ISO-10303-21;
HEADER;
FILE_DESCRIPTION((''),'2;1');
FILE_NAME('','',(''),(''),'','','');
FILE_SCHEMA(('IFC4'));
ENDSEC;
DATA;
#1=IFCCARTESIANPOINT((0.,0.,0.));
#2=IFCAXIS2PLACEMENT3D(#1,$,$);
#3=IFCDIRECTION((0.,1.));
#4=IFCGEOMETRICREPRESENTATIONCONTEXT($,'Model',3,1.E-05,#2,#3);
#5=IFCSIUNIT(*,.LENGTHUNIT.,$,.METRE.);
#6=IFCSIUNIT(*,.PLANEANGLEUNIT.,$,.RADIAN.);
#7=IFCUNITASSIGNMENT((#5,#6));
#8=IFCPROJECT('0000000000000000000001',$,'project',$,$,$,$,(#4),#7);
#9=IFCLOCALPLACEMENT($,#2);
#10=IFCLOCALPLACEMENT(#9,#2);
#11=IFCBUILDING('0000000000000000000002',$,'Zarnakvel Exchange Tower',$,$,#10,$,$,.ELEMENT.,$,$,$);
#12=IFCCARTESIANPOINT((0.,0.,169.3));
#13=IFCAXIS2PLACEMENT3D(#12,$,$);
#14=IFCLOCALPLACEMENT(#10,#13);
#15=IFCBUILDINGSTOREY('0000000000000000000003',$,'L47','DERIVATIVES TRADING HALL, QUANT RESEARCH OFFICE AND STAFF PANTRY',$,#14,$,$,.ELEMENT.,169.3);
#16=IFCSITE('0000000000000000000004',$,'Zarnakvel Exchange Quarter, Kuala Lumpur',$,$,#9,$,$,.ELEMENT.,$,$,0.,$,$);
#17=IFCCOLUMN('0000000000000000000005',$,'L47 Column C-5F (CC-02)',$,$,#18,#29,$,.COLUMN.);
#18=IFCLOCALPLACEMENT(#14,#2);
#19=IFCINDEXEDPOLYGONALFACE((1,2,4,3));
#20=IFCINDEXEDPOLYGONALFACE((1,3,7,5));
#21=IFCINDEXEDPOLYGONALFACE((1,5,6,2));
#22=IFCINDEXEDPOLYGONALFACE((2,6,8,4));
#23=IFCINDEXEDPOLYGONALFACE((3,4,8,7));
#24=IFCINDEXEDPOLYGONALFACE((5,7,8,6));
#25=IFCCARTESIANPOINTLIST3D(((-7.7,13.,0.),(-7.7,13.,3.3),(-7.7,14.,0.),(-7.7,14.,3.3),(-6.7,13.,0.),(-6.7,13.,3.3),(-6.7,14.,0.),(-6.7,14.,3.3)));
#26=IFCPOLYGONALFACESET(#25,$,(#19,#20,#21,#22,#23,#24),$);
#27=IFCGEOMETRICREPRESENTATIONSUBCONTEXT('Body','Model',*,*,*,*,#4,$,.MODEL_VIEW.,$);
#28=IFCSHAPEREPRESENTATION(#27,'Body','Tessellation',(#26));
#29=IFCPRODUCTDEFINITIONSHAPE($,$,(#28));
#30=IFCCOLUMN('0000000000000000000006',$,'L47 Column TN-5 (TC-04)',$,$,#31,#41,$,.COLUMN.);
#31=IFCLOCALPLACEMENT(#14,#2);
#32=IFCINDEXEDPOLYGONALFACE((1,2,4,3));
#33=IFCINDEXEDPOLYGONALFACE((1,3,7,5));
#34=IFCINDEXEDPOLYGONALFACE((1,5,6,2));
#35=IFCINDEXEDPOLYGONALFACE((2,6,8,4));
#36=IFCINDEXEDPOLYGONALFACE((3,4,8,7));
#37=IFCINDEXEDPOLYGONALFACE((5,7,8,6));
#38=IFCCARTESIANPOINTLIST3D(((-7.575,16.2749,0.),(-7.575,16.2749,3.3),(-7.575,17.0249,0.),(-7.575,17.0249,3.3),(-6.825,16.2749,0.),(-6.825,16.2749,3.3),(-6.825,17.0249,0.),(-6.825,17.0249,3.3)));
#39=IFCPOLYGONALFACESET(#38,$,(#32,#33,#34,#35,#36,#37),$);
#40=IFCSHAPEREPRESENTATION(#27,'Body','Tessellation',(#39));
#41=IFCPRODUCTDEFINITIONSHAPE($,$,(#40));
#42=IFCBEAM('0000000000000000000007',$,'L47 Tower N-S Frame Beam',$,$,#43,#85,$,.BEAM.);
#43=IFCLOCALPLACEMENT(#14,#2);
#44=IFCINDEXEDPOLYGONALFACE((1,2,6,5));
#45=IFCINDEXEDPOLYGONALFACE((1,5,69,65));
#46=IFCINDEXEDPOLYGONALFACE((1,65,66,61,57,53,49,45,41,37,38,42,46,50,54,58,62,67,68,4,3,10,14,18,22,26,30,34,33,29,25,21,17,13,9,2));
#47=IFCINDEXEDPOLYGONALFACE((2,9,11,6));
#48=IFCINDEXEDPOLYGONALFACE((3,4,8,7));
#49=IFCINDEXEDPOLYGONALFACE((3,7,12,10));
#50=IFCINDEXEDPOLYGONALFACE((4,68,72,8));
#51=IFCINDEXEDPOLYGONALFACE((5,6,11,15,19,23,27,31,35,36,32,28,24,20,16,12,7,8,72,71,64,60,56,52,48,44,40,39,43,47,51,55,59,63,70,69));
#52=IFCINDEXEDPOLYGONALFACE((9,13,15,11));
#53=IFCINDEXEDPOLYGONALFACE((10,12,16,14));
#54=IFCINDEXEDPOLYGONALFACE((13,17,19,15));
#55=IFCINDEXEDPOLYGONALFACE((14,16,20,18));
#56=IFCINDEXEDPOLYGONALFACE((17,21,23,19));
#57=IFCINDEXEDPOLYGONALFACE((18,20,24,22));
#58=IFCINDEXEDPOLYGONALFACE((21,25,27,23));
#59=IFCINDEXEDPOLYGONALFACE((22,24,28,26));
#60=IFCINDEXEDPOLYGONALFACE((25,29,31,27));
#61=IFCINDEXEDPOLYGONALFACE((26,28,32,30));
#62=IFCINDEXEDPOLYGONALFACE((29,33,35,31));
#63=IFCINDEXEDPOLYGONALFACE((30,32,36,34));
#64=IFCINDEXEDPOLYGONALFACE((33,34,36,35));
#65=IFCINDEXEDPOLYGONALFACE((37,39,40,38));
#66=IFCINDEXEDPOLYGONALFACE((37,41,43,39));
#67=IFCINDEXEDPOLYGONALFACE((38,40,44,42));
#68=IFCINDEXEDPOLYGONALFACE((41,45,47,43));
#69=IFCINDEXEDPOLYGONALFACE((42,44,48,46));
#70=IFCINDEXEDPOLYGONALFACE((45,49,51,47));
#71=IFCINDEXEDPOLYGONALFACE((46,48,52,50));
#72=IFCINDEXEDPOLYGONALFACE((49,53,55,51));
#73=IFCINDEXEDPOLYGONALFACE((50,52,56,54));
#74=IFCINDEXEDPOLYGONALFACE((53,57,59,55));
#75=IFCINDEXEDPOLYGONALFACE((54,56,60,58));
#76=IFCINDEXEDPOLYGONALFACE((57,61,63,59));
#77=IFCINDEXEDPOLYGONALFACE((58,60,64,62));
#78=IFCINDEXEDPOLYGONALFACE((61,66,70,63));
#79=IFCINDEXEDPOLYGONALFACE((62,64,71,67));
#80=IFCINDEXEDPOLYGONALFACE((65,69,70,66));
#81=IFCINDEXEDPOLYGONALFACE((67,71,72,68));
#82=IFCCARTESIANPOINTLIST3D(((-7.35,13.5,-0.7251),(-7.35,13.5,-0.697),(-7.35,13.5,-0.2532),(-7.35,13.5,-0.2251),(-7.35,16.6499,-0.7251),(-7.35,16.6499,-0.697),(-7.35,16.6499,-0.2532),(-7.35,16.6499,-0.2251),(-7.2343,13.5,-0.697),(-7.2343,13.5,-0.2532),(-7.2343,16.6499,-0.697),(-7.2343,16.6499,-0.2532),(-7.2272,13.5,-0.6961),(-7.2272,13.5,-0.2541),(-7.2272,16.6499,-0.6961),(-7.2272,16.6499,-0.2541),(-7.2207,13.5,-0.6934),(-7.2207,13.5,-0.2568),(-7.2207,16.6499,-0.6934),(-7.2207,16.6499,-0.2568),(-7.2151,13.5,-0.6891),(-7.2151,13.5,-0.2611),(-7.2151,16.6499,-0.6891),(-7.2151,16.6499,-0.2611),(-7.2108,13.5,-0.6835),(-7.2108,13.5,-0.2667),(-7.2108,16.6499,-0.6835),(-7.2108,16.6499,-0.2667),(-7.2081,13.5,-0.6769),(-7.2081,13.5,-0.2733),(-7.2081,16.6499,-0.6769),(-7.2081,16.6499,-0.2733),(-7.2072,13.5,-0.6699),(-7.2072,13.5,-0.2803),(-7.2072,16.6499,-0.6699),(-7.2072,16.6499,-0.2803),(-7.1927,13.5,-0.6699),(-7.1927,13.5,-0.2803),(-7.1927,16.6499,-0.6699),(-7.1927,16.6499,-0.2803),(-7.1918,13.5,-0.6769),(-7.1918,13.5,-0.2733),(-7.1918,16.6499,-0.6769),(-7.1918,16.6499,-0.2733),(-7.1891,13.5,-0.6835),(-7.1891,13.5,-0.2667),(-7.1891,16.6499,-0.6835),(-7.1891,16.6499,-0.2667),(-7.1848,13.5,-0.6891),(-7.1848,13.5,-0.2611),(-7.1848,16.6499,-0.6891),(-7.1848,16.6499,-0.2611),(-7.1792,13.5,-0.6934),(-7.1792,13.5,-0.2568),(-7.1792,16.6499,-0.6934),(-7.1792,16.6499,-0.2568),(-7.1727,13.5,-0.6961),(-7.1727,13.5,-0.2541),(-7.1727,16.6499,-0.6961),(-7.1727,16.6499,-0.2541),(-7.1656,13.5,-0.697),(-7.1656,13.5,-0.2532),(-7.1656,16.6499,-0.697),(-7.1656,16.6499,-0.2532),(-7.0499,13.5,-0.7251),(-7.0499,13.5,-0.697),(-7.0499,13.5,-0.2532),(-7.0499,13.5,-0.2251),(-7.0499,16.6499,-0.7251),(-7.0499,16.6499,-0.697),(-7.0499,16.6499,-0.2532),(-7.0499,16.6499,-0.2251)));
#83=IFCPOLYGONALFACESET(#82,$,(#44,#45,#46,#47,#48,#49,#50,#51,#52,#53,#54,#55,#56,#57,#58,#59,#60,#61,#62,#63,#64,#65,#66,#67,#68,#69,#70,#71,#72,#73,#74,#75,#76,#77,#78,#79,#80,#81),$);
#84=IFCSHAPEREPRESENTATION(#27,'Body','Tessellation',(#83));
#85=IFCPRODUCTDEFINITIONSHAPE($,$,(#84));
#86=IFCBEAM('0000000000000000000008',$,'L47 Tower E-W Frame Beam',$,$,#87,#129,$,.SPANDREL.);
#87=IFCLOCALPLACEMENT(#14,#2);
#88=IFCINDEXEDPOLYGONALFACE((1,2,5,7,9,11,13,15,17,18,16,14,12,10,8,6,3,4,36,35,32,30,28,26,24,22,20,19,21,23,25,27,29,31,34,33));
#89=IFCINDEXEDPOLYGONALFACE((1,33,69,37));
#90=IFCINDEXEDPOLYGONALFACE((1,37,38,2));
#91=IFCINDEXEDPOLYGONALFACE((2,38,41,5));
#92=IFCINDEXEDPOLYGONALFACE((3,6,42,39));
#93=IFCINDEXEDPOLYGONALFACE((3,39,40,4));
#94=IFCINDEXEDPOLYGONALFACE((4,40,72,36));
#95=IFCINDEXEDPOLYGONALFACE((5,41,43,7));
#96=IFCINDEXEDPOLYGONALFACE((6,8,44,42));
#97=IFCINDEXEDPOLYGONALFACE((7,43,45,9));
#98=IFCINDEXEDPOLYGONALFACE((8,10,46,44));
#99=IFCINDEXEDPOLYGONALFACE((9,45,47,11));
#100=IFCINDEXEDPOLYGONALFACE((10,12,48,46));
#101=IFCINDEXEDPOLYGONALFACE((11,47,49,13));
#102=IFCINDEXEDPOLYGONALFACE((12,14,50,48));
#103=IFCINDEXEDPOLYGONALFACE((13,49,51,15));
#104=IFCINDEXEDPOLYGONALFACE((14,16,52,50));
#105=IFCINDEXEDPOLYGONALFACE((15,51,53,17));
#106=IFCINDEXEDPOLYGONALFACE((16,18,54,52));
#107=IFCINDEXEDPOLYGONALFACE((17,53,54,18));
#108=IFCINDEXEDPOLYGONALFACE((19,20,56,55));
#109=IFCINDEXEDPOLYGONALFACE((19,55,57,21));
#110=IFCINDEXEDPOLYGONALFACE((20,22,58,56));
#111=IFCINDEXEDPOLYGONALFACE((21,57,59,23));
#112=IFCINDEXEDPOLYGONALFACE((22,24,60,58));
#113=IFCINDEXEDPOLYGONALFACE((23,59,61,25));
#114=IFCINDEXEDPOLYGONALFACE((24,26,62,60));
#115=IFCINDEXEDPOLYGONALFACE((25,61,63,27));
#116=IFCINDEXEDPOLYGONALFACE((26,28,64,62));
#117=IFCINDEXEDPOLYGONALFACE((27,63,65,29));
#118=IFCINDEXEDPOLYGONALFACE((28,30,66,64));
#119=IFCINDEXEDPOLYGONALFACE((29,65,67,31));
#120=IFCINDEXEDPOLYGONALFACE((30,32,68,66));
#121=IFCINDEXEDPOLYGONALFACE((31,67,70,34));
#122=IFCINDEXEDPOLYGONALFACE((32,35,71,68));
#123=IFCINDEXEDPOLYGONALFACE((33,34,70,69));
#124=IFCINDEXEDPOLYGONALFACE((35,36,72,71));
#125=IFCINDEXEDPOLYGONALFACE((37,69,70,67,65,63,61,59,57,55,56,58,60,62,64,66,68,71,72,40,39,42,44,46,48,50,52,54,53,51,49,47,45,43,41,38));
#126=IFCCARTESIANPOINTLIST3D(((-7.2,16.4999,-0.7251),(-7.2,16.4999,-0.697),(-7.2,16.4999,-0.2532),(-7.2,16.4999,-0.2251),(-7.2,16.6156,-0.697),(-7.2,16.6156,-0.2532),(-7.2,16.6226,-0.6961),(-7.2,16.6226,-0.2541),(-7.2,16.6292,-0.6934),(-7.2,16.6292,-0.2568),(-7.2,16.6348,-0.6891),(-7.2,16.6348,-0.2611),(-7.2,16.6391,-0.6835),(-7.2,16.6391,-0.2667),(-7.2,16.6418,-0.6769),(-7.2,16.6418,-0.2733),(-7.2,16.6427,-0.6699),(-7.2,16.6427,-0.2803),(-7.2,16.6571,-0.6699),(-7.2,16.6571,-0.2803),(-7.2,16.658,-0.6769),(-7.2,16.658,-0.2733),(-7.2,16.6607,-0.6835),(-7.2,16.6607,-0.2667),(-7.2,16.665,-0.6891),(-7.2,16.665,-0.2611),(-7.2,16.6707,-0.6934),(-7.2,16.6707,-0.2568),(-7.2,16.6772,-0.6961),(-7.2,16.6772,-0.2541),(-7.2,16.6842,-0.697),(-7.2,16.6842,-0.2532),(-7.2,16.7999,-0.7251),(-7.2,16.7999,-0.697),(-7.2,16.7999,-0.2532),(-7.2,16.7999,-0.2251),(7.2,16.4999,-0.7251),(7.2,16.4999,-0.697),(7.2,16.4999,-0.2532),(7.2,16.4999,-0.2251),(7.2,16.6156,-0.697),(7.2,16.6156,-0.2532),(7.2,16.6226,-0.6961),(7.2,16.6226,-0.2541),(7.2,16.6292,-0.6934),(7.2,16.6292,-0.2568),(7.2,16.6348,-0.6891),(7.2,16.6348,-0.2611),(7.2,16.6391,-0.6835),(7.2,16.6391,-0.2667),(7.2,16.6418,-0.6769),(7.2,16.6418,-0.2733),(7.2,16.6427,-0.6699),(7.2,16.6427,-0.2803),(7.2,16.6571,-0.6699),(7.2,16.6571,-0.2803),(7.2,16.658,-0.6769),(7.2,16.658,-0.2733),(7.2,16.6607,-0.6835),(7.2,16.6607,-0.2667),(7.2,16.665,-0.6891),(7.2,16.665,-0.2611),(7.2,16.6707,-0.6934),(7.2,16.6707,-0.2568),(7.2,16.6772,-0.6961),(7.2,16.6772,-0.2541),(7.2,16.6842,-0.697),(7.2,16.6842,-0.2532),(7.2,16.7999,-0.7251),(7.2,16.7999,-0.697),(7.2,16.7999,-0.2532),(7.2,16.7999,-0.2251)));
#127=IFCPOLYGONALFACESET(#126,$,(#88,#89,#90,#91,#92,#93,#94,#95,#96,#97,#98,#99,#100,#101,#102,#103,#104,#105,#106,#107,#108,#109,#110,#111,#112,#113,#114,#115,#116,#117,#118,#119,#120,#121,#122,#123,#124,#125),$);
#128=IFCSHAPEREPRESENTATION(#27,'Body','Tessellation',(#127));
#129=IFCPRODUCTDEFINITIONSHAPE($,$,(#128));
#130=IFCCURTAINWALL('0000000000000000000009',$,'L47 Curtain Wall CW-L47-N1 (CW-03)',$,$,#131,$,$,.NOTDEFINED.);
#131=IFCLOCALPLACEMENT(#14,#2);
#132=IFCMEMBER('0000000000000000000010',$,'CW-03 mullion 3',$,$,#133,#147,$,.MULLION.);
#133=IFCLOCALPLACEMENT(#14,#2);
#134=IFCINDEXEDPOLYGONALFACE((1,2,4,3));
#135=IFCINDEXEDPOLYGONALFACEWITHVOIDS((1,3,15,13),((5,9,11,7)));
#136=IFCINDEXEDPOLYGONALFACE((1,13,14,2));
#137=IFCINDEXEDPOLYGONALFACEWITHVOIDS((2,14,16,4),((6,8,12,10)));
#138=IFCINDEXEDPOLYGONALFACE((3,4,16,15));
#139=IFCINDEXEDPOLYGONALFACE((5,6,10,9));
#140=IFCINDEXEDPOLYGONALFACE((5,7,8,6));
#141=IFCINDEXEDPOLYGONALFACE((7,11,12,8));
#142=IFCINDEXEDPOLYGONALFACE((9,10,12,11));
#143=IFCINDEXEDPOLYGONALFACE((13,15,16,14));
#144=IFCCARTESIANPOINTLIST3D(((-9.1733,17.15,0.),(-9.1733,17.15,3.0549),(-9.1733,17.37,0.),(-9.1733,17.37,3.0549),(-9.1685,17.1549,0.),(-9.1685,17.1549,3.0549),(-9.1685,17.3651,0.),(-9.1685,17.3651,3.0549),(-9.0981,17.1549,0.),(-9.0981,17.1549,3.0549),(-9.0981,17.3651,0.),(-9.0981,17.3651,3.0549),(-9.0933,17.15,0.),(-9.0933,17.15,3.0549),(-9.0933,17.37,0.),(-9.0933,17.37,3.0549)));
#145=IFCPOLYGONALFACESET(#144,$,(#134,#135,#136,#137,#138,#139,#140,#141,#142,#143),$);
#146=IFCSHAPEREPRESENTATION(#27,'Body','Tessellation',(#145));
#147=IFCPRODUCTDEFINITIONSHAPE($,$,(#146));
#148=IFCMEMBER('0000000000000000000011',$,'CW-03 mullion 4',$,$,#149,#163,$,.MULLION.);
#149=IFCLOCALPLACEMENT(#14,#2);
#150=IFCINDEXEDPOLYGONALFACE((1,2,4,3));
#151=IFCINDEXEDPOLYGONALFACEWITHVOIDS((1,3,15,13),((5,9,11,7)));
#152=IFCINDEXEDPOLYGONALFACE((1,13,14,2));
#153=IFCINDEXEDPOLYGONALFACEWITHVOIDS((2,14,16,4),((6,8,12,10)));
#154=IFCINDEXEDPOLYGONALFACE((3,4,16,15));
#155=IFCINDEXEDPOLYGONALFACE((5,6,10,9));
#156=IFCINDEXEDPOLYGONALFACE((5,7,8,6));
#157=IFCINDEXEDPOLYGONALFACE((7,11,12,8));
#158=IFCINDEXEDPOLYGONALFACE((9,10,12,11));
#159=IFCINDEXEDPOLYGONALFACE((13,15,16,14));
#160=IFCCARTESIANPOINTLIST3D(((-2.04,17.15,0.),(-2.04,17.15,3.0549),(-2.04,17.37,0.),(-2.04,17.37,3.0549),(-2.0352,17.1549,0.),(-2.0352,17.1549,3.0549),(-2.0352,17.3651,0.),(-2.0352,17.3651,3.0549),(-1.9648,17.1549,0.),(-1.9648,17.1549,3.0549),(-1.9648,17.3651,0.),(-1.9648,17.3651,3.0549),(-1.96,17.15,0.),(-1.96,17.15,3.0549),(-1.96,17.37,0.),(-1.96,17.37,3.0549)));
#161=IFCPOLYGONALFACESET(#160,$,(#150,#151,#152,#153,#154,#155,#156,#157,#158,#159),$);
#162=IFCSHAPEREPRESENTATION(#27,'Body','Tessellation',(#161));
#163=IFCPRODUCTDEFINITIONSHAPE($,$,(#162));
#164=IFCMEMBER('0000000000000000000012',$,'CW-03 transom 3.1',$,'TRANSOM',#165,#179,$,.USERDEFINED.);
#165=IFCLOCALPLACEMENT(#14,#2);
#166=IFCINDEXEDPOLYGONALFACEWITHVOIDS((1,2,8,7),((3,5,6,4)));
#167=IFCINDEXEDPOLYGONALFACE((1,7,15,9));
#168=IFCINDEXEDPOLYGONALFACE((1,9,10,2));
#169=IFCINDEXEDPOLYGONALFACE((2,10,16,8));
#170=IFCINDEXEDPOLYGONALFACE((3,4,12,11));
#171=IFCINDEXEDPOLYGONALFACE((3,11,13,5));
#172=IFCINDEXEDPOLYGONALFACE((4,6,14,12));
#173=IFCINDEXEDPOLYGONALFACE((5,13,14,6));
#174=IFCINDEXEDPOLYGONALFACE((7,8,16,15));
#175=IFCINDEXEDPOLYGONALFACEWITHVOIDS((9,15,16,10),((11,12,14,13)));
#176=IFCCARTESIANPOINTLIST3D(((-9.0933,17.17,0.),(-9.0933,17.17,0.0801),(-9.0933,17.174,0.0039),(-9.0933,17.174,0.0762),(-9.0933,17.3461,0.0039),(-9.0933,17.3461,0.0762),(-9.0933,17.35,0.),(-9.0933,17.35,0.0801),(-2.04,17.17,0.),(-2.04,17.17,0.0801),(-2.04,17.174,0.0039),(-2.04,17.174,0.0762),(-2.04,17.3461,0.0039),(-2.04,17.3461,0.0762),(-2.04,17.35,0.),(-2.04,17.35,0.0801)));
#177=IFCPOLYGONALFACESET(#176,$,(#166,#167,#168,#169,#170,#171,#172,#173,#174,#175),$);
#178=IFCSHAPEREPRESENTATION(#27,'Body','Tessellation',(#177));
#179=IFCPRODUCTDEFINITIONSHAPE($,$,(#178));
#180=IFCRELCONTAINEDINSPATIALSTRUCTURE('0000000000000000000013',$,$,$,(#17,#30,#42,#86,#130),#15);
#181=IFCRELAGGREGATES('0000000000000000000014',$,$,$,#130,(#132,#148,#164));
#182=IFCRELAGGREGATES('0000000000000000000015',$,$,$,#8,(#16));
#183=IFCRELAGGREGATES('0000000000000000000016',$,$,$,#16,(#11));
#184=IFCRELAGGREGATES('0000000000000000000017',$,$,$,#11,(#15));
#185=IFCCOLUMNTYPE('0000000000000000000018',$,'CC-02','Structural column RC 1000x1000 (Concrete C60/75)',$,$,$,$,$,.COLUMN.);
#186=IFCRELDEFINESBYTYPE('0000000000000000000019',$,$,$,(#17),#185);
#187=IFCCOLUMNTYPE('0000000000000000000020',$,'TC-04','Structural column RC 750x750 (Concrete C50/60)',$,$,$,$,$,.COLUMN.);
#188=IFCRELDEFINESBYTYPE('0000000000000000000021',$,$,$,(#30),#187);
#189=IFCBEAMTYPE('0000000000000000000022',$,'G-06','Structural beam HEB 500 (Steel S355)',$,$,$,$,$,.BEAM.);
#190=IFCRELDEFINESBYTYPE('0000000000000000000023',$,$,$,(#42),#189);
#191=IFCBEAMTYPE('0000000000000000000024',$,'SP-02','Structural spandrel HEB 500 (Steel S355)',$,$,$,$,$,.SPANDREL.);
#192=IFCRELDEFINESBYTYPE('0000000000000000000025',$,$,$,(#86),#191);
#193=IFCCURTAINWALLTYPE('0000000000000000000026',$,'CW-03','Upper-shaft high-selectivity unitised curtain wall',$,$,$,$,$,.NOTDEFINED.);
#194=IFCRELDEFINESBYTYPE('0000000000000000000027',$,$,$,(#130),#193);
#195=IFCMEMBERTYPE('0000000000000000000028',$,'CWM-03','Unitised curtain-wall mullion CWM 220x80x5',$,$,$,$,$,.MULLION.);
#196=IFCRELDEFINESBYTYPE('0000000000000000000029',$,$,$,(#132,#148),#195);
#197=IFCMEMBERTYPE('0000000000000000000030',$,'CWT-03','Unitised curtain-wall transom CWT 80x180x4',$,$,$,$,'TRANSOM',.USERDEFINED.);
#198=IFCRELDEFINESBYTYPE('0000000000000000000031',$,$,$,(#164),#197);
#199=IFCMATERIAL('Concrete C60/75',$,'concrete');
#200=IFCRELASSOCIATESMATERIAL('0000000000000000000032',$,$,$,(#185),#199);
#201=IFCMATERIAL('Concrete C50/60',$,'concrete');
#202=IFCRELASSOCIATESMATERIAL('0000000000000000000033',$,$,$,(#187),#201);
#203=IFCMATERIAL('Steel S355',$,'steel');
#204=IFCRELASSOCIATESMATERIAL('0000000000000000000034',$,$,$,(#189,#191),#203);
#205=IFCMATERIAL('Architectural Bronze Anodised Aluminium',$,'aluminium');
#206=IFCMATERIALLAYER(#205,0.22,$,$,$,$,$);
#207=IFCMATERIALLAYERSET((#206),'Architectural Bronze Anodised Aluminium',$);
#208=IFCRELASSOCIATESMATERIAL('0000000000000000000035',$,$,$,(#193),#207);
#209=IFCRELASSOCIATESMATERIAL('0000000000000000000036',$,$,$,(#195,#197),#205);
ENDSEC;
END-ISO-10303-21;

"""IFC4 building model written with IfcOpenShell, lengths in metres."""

from ifc_helpers import new_model, si_unit, direction, frame, origin, origin_2d, place, context, subcontext, project, spatial, rectangle, hollow_rectangle, i_section, extrude, source, transform, mapped, material, layer, layer_set, material_profile, profile_set, type_object, element, aggregate, save


model = new_model("IFC4")

# Units and contexts
model_context = context("Model", 3, precision=1e-05, world=origin(), true_north=direction((0.0, 1.0)))
body_context = subcontext(model_context, "Body", "Model", "MODEL_VIEW")
ifc_project = project(units=[si_unit("LENGTHUNIT", "METRE"), si_unit("PLANEANGLEUNIT", "RADIAN")], contexts=[model_context])

# Site, building, storey
site_placement = place(None, origin())
site = spatial("IfcSite", under=ifc_project, at=site_placement, Name="Zarnakvel Exchange Quarter, Kuala Lumpur", CompositionType="ELEMENT", RefElevation=0.0)
building_placement = place(site_placement, origin())
building = spatial("IfcBuilding", under=site, at=building_placement, Name="Zarnakvel Exchange Tower", CompositionType="ELEMENT")
storey_placement = place(building_placement, frame((0.0, 0.0, 169.3)))
storey = spatial("IfcBuildingStorey", under=building, at=storey_placement, Name="L47", Description="DERIVATIVES TRADING HALL, QUANT RESEARCH OFFICE AND STAFF PANTRY", CompositionType="ELEMENT", Elevation=169.3)

# Columns
ifc_material_1 = material(Name="Concrete C60/75", Category="concrete")
ifc_material_profile_1 = material_profile(ifc_material_1, rectangle(XDim=1.0, YDim=1.0, at=origin_2d()))
ifc_profile_set_1 = profile_set([ifc_material_profile_1], Name="Concrete C60/75")
column_type_1 = type_object("IfcColumnType", Name="CC-02", Description="Structural column RC 1000x1000 (Concrete C60/75)", PredefinedType="COLUMN", material=ifc_profile_set_1)
column_1_placement = place(storey_placement, frame((-7.2, 13.5, 0.0), z_axis=(0.0, 0.0, 1.0), x_axis=(1.0, 0.0, 0.0)))
element("IfcColumn", 1, at=column_1_placement, inside=storey, type_object=column_type_1, Name="L47 Column C-5F (CC-02)", PredefinedType="COLUMN", context=body_context, shape_type="SweptSolid", body=[
    extrude(rectangle(XDim=1.0, YDim=1.0, at=origin_2d()), origin(), (0.0, 0.0, 1.0), 3.3),
])
ifc_material_2 = material(Name="Concrete C50/60", Category="concrete")
ifc_material_profile_2 = material_profile(ifc_material_2, rectangle(XDim=0.75, YDim=0.75, at=origin_2d()))
ifc_profile_set_2 = profile_set([ifc_material_profile_2], Name="Concrete C50/60")
column_type_2 = type_object("IfcColumnType", Name="TC-04", Description="Structural column RC 750x750 (Concrete C50/60)", PredefinedType="COLUMN", material=ifc_profile_set_2)
column_2_placement = place(storey_placement, frame((-7.2, 16.6499, 0.0), z_axis=(0.0, 0.0, 1.0), x_axis=(1.0, 0.0, 0.0)))
element("IfcColumn", 2, at=column_2_placement, inside=storey, type_object=column_type_2, Name="L47 Column TN-5 (TC-04)", PredefinedType="COLUMN", context=body_context, shape_type="SweptSolid", body=[
    extrude(rectangle(XDim=0.75, YDim=0.75, at=origin_2d()), origin(), (0.0, 0.0, 1.0), 3.3),
])

# Beams
ifc_material_3 = material(Name="Steel S355", Category="steel")
ifc_material_profile_3 = material_profile(ifc_material_3, i_section(OverallWidth=0.3, OverallDepth=0.5, WebThickness=0.0144, FlangeThickness=0.0281, FilletRadius=0.0271, at=origin_2d()))
ifc_profile_set_3 = profile_set([ifc_material_profile_3], Name="Steel S355")
beam_type_1 = type_object("IfcBeamType", Name="G-06", Description="Structural beam HEB 500 (Steel S355)", PredefinedType="BEAM", material=ifc_profile_set_3)
beam_1_placement = place(storey_placement, frame((-7.2, 13.5, -0.4751), z_axis=(0.0, 1.0, 0.0), x_axis=(-1.0, 0.0, 0.0)))
element("IfcBeam", 3, at=beam_1_placement, inside=storey, type_object=beam_type_1, Name="L47 Tower N-S Frame Beam", PredefinedType="BEAM", context=body_context, shape_type="SweptSolid", body=[
    extrude(i_section(OverallWidth=0.3, OverallDepth=0.5, WebThickness=0.0144, FlangeThickness=0.0281, FilletRadius=0.0271, at=origin_2d()), origin(), (0.0, 0.0, 1.0), 3.1499),
])
ifc_material_profile_4 = material_profile(ifc_material_3, i_section(OverallWidth=0.3, OverallDepth=0.5, WebThickness=0.0144, FlangeThickness=0.0281, FilletRadius=0.0271, at=origin_2d()))
ifc_profile_set_4 = profile_set([ifc_material_profile_4], Name="Steel S355")
beam_type_2 = type_object("IfcBeamType", Name="SP-02", Description="Structural spandrel HEB 500 (Steel S355)", PredefinedType="SPANDREL", material=ifc_profile_set_4)
beam_2_placement = place(storey_placement, frame((-7.2, 16.6499, -0.4751), z_axis=(1.0, 0.0, 0.0), x_axis=(0.0, 1.0, 0.0)))
element("IfcBeam", 4, at=beam_2_placement, inside=storey, type_object=beam_type_2, Name="L47 Tower E-W Frame Beam", PredefinedType="SPANDREL", context=body_context, shape_type="SweptSolid", body=[
    extrude(i_section(OverallWidth=0.3, OverallDepth=0.5, WebThickness=0.0144, FlangeThickness=0.0281, FilletRadius=0.0271, at=origin_2d()), origin(), (0.0, 0.0, 1.0), 14.3999),
])

# Curtain wall, members
ifc_material_4 = material(Name="Architectural Bronze Anodised Aluminium", Category="aluminium")
ifc_layer_1 = layer(ifc_material_4, 0.22)
ifc_layer_set_1 = layer_set([ifc_layer_1], Name="Architectural Bronze Anodised Aluminium")
curtain_wall_type = type_object("IfcCurtainWallType", Name="CW-03", Description="Upper-shaft high-selectivity unitised curtain wall", PredefinedType="NOTDEFINED", material=ifc_layer_set_1)
curtain_wall_placement = place(storey_placement, origin())
curtain_wall = element("IfcCurtainWall", 5, at=curtain_wall_placement, inside=storey, type_object=curtain_wall_type, Name="L47 Curtain Wall CW-L47-N1 (CW-03)", PredefinedType="NOTDEFINED")
ifc_material_profile_5 = material_profile(ifc_material_4, hollow_rectangle(XDim=0.22, YDim=0.0801, WallThickness=0.0049, at=origin_2d()))
ifc_profile_set_5 = profile_set([ifc_material_profile_5], Name="Architectural Bronze Anodised Aluminium")
member_type_1 = type_object("IfcMemberType", Name="CWM-03", Description="Unitised curtain-wall mullion CWM 220x80x5", PredefinedType="MULLION", material=ifc_profile_set_5)
shared_shape_1 = source(origin(), body_context, "Body", "SweptSolid", [
    extrude(hollow_rectangle(XDim=0.22, YDim=0.0801, WallThickness=0.0049, at=origin_2d()), origin(), (0.0, 0.0, 1.0), 3.0549),
])
member_1_placement = place(storey_placement, frame((-9.1333, 17.26, 0.0), z_axis=(0.0, 0.0, 1.0), x_axis=(0.0, 1.0, 0.0)))
member_1 = element("IfcMember", 6, at=member_1_placement, type_object=member_type_1, Name="CW-03 mullion 3", PredefinedType="MULLION", context=body_context, shape_type="MappedRepresentation", body=[
    mapped(shared_shape_1, transform((0.0, 0.0, 0.0), x_axis=(1.0, 0.0, 0.0), y_axis=(0.0, 1.0, 0.0), z_axis=(0.0, 0.0, 1.0), scale=1.0)),
])
member_2_placement = place(storey_placement, frame((-2.0, 17.26, 0.0), z_axis=(0.0, 0.0, 1.0), x_axis=(0.0, 1.0, 0.0)))
member_2 = element("IfcMember", 7, at=member_2_placement, type_object=member_type_1, Name="CW-03 mullion 4", PredefinedType="MULLION", context=body_context, shape_type="MappedRepresentation", body=[
    mapped(shared_shape_1, transform((0.0, 0.0, 0.0), x_axis=(1.0, 0.0, 0.0), y_axis=(0.0, 1.0, 0.0), z_axis=(0.0, 0.0, 1.0), scale=1.0)),
])
ifc_material_profile_6 = material_profile(ifc_material_4, hollow_rectangle(XDim=0.1799, YDim=0.0801, WallThickness=0.0039, at=origin_2d()))
ifc_profile_set_6 = profile_set([ifc_material_profile_6], Name="Architectural Bronze Anodised Aluminium")
member_type_2 = type_object("IfcMemberType", Name="CWT-03", Description="Unitised curtain-wall transom CWT 80x180x4", ElementType="TRANSOM", PredefinedType="USERDEFINED", material=ifc_profile_set_6)
shared_shape_2 = source(origin(), body_context, "Body", "SweptSolid", [
    extrude(hollow_rectangle(XDim=0.1799, YDim=0.0801, WallThickness=0.0039, at=origin_2d()), origin(), (0.0, 0.0, 1.0), 7.0532),
])
member_3_placement = place(storey_placement, frame((-9.0933, 17.26, 0.04), z_axis=(1.0, 0.0, 0.0), x_axis=(0.0, 1.0, 0.0)))
member_3 = element("IfcMember", 8, at=member_3_placement, type_object=member_type_2, Name="CW-03 transom 3.1", ObjectType="TRANSOM", PredefinedType="USERDEFINED", context=body_context, shape_type="MappedRepresentation", body=[
    mapped(shared_shape_2, transform((0.0, 0.0, 0.0), x_axis=(1.0, 0.0, 0.0), y_axis=(0.0, 1.0, 0.0), z_axis=(0.0, 0.0, 1.0), scale=1.0)),
])
aggregate(curtain_wall, [member_1, member_2, member_3])

save(model, "model.ifc")
